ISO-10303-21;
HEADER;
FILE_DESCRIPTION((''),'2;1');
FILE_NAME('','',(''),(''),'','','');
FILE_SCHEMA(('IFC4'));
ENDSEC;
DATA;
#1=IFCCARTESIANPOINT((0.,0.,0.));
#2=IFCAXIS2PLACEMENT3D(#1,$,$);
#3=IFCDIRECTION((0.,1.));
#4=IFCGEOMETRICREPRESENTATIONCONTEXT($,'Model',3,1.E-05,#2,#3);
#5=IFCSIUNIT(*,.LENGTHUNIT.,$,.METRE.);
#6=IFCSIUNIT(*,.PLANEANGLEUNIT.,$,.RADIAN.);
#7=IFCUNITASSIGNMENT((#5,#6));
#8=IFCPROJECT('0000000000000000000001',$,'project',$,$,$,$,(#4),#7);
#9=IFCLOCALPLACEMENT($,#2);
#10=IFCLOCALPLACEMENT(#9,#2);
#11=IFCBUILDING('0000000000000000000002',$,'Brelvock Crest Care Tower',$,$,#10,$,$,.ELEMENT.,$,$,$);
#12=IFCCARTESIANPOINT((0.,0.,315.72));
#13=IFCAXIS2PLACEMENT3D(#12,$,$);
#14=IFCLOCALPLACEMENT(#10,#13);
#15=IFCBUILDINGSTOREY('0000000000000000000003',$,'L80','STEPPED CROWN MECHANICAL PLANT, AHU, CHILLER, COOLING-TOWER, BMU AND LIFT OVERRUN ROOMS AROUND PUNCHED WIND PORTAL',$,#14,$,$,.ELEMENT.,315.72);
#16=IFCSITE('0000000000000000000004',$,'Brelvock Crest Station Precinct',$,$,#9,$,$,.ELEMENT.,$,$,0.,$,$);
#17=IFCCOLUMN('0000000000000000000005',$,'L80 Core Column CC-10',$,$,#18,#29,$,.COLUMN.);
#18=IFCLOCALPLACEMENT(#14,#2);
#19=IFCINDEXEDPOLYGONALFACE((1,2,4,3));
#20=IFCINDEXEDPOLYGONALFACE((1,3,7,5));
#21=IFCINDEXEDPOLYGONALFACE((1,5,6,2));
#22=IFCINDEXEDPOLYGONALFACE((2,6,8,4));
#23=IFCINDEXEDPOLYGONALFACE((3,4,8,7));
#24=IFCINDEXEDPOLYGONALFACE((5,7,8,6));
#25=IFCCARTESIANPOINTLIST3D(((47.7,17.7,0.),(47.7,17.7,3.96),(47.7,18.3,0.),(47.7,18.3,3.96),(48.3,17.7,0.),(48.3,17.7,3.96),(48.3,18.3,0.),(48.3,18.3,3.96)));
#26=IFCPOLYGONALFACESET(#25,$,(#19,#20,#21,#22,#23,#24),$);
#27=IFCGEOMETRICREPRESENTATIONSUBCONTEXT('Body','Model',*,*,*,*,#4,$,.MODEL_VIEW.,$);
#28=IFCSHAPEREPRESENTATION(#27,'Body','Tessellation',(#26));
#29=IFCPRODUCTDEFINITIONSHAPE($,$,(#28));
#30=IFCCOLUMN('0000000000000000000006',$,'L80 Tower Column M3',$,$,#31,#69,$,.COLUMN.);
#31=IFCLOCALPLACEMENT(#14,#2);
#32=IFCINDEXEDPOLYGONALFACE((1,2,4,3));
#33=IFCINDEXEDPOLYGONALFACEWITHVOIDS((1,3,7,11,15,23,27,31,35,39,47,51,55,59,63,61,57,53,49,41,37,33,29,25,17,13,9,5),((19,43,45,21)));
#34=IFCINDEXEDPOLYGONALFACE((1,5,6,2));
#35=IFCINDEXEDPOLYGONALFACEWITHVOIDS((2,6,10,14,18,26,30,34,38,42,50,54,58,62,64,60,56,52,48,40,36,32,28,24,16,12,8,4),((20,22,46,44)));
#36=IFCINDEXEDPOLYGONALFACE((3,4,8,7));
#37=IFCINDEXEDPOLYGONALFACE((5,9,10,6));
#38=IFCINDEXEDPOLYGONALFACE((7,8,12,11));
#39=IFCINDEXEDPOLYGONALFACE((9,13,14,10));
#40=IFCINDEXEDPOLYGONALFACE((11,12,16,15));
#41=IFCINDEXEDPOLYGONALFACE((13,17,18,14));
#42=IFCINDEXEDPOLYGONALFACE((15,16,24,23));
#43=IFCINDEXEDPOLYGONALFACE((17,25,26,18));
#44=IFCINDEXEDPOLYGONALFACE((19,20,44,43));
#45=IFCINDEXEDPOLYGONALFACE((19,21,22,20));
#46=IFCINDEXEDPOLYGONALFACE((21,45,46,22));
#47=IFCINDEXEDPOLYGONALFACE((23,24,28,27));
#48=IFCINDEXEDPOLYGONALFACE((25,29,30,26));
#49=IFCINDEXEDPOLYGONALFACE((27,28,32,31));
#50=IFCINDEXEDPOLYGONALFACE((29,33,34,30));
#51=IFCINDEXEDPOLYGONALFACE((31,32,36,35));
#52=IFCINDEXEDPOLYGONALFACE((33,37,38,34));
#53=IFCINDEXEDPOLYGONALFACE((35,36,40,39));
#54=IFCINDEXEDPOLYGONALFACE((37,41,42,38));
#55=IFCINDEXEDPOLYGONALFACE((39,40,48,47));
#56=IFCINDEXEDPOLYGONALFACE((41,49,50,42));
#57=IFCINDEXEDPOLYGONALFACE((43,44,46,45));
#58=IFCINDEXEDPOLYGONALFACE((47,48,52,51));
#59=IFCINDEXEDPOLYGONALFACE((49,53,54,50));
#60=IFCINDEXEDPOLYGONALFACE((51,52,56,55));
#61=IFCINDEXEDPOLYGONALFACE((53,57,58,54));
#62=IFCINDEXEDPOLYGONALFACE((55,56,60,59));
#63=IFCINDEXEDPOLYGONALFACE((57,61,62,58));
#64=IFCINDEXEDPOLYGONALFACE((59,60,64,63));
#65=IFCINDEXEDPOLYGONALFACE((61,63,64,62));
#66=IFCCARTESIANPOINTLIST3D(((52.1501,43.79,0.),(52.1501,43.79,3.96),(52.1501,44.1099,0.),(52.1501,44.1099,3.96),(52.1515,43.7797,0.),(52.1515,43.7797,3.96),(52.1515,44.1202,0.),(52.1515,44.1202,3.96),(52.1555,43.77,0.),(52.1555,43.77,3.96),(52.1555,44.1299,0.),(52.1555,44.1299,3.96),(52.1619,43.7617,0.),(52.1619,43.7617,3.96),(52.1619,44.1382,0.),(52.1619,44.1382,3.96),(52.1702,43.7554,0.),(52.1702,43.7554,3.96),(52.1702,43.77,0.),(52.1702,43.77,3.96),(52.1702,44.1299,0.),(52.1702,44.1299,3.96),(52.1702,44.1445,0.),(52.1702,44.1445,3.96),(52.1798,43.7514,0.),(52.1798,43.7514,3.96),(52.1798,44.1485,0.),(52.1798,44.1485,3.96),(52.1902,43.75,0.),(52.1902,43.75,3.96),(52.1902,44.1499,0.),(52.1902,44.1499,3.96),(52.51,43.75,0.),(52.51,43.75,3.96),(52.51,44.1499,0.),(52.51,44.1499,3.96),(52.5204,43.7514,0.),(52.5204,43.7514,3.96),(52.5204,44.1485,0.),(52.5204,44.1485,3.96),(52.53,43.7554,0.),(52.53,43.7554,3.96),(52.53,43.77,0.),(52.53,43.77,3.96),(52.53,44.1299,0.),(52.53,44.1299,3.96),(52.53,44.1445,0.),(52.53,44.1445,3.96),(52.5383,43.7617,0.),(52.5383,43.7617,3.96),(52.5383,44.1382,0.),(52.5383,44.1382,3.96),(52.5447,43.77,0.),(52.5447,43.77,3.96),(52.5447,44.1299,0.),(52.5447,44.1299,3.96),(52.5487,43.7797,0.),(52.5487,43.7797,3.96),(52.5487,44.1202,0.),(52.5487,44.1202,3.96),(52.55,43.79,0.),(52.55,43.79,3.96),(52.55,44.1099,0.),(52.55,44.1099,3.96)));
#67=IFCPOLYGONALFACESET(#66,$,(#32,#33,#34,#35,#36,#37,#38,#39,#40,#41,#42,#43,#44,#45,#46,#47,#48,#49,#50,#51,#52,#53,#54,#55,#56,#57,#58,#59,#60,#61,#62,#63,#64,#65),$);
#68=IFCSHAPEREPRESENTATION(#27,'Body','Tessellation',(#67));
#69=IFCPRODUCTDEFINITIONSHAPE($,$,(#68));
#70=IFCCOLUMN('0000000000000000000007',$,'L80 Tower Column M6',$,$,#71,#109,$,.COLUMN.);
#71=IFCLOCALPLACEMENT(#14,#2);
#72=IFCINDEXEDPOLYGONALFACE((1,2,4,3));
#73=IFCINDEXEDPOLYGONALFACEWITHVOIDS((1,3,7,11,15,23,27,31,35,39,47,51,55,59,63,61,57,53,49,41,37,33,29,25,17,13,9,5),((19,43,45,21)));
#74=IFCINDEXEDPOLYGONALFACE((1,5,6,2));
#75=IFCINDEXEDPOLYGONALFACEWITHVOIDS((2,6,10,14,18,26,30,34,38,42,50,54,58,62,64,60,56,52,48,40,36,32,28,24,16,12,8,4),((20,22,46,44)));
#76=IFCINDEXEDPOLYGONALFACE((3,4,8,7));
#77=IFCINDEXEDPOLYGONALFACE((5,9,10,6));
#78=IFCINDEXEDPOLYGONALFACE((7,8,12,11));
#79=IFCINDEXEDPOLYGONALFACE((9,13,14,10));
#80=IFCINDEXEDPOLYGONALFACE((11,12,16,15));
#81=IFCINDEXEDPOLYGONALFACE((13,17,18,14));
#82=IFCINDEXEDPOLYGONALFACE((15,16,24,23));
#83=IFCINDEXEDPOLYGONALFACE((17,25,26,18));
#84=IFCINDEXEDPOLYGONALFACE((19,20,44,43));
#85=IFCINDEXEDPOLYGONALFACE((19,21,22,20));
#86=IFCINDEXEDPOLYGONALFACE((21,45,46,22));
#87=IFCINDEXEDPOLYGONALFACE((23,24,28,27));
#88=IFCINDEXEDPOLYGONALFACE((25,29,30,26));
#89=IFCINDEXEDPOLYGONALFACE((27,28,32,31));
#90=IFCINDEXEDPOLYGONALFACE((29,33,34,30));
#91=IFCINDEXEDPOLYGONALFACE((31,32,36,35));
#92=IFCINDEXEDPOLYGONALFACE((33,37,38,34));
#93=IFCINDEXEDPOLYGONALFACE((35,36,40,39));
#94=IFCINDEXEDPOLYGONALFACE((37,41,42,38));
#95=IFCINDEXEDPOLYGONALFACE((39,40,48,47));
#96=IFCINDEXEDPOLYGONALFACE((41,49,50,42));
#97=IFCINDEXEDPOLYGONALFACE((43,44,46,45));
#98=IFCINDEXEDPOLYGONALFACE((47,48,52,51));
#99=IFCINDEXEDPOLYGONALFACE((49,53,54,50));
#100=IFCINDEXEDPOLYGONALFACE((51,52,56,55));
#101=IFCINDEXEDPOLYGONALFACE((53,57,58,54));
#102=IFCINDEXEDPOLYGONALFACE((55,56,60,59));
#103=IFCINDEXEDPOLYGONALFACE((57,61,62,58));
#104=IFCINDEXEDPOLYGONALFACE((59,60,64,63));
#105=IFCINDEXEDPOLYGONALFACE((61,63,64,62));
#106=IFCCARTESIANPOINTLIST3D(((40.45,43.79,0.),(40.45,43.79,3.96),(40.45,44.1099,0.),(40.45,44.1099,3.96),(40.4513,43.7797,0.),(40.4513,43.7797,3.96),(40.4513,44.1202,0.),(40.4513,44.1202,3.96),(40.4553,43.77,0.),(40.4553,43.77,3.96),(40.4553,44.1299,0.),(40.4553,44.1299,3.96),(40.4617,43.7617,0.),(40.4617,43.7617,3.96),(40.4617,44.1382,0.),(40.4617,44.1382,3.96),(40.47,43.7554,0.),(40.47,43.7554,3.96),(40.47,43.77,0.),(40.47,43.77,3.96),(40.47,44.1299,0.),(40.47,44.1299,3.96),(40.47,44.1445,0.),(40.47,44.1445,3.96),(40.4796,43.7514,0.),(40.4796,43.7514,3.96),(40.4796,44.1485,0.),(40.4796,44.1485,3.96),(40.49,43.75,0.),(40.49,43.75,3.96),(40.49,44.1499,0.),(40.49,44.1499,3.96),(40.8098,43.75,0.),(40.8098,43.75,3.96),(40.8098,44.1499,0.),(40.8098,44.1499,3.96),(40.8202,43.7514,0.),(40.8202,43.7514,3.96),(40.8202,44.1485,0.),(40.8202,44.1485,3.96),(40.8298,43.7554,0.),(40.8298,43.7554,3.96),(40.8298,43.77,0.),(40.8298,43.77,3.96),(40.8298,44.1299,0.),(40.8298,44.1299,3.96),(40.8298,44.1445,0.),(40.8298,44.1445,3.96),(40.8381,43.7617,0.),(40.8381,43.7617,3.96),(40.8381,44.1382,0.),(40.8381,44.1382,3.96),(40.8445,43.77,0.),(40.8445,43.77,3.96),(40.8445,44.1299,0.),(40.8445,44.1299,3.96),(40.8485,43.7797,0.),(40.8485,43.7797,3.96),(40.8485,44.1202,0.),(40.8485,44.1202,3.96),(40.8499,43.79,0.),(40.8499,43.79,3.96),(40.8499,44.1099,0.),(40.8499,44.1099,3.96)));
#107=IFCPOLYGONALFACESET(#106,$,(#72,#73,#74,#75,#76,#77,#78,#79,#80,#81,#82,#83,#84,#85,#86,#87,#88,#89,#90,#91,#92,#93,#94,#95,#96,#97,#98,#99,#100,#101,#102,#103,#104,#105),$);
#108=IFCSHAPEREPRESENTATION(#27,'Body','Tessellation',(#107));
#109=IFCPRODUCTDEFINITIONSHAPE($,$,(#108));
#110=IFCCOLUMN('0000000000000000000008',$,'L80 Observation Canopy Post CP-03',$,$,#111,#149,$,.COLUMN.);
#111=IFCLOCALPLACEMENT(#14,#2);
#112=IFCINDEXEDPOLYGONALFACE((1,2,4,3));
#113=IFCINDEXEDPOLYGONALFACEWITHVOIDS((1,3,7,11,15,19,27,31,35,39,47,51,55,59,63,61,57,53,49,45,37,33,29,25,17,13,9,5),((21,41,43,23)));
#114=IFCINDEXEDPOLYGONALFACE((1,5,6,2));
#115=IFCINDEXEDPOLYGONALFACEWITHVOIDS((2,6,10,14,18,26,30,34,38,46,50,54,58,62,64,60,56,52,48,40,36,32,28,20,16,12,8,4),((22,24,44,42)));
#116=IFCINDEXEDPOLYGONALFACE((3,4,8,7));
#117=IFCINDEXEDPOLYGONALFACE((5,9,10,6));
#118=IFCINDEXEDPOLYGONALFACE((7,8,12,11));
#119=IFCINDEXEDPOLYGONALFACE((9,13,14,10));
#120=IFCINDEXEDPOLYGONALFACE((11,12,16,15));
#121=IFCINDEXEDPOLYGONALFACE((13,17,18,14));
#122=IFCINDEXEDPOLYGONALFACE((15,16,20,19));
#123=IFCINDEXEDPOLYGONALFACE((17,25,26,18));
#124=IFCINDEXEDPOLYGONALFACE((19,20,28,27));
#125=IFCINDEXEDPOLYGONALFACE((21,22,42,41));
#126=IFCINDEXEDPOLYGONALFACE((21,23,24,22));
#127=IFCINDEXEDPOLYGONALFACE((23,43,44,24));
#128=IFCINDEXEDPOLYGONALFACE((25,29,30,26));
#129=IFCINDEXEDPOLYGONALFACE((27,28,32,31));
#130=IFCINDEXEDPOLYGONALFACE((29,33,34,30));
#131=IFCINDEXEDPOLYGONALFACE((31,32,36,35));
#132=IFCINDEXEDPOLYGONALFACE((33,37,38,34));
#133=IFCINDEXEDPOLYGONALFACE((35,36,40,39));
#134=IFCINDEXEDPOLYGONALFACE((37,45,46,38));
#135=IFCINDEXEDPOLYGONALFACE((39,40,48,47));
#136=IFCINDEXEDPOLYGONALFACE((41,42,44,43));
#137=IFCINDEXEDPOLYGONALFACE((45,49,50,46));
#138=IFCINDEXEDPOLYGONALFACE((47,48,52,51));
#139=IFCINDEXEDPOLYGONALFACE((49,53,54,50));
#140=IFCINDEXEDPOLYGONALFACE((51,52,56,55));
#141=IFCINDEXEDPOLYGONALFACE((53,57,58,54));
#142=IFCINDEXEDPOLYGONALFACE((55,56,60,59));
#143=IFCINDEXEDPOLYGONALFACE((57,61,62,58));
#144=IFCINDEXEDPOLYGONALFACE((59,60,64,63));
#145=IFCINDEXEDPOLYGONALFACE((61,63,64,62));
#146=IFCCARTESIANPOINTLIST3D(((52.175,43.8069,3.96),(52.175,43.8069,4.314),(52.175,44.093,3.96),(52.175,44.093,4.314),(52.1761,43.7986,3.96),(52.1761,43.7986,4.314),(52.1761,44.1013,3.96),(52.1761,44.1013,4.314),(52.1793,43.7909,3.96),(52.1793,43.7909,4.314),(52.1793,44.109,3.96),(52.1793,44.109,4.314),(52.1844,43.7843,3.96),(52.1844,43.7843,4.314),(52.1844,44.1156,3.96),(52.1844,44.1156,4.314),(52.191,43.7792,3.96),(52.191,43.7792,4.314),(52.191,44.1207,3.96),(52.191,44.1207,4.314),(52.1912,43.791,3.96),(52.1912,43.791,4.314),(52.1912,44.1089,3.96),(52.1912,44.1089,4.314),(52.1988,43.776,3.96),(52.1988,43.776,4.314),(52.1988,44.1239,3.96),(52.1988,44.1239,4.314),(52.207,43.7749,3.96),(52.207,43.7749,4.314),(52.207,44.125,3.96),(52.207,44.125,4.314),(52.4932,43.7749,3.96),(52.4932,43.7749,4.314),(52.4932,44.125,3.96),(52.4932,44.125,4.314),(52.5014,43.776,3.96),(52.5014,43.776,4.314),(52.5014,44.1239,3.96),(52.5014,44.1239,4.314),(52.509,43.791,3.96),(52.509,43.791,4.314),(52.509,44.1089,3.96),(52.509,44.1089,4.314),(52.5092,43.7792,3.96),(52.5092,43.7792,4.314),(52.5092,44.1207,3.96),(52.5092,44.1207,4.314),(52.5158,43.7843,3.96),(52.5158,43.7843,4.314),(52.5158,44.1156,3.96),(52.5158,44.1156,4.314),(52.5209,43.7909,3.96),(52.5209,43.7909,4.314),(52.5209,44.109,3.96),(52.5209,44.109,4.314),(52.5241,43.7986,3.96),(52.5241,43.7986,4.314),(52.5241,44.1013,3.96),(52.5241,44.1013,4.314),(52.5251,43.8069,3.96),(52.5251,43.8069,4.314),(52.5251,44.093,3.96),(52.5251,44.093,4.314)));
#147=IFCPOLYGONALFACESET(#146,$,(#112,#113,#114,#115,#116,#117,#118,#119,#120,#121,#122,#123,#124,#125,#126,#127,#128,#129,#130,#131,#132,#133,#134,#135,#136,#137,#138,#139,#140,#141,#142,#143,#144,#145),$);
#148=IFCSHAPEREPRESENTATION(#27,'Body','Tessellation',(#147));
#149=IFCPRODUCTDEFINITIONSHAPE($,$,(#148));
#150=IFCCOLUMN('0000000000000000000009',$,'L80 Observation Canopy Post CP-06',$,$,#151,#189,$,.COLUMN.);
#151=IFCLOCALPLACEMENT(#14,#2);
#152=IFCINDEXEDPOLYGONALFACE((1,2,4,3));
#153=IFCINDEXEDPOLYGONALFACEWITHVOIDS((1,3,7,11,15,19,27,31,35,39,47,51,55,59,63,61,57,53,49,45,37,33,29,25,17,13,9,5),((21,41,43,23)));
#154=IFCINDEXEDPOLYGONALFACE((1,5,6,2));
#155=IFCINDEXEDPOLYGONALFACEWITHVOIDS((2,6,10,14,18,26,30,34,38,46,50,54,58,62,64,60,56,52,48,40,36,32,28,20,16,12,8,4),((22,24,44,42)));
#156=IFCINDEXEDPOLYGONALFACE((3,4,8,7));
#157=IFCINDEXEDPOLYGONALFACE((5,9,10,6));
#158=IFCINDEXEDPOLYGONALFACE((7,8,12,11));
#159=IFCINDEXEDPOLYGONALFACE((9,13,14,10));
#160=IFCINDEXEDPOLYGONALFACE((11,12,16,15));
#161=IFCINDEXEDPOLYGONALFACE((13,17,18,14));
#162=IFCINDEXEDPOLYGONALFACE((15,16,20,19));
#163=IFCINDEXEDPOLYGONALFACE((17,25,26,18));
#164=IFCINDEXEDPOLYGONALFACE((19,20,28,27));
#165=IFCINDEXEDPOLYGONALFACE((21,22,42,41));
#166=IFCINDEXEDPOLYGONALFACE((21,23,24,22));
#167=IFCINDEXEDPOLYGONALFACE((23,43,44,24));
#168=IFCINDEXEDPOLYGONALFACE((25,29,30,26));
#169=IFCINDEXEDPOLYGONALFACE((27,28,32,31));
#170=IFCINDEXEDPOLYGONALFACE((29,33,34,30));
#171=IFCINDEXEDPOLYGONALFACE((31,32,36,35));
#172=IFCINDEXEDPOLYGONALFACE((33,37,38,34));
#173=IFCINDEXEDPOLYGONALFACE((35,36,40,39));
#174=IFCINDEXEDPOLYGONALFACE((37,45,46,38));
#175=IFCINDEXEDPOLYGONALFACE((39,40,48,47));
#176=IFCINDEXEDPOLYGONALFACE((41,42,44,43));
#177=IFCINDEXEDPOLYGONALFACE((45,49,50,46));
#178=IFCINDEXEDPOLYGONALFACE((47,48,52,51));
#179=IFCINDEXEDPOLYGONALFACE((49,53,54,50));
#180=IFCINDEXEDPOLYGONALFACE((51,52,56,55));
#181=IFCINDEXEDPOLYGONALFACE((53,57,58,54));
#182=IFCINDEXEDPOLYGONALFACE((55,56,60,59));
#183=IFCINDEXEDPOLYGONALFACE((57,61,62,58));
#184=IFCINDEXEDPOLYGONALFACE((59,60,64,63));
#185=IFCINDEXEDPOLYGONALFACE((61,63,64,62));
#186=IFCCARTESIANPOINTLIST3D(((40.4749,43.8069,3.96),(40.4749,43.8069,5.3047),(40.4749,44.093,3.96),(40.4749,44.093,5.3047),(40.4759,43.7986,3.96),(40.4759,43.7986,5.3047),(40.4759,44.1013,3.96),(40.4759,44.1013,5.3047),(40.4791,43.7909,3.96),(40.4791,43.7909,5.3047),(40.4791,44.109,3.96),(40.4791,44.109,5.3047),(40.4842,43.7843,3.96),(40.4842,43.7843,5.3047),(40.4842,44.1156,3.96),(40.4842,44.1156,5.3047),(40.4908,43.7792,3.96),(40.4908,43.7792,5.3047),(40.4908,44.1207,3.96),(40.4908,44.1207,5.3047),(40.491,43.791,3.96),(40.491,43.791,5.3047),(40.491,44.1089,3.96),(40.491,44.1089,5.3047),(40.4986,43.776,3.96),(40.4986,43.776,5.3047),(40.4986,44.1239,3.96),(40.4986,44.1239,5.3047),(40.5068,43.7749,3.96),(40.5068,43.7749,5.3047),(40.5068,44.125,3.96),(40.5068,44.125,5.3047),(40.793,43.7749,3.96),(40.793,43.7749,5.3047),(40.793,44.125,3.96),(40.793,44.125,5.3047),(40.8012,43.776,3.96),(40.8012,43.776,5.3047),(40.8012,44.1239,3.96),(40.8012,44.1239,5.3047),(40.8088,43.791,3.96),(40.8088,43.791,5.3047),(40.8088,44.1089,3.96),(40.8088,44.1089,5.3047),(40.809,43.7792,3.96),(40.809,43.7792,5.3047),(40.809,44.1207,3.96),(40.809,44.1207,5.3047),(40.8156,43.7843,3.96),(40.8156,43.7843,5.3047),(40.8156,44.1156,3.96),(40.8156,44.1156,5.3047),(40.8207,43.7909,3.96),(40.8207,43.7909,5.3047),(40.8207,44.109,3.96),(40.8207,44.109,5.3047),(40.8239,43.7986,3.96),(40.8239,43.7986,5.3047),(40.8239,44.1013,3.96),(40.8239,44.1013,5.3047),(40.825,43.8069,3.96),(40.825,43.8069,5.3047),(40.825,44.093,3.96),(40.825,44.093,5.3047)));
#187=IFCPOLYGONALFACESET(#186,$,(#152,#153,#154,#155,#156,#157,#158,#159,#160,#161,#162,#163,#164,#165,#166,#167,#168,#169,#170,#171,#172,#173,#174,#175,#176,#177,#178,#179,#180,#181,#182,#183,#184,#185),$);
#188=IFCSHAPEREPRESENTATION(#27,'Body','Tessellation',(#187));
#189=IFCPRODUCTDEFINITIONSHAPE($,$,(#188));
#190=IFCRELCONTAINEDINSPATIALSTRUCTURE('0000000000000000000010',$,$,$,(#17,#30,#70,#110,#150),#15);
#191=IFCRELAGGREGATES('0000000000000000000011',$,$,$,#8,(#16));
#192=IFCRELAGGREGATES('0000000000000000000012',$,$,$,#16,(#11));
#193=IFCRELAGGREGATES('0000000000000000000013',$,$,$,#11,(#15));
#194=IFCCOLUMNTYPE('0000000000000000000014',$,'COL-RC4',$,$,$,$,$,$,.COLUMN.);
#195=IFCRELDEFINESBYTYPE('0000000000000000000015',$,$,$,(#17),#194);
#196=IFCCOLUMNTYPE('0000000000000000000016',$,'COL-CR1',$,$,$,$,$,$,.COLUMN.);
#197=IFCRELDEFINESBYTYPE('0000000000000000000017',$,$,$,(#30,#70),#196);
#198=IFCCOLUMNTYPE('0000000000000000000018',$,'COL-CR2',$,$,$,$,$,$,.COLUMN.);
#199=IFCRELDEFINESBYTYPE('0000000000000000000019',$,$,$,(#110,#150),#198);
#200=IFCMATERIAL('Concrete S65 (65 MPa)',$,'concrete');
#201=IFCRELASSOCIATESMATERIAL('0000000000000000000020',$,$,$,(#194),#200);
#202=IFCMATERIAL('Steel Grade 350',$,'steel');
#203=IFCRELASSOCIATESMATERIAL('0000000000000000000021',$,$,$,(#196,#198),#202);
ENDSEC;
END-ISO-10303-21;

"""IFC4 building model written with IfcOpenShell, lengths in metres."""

from ifc_helpers import new_model, si_unit, direction, frame, origin, origin_2d, place, context, subcontext, project, spatial, rectangle, hollow_rectangle, extrude, source, transform, mapped, material, material_profile, profile_set, type_object, element, save


model = new_model("IFC4")

# Units and contexts
model_context = context("Model", 3, precision=1e-05, world=origin(), true_north=direction((0.0, 1.0)))
body_context = subcontext(model_context, "Body", "Model", "MODEL_VIEW")
ifc_project = project(units=[si_unit("LENGTHUNIT", "METRE"), si_unit("PLANEANGLEUNIT", "RADIAN")], contexts=[model_context])

# Site, building, storey
site_placement = place(None, origin())
site = spatial("IfcSite", under=ifc_project, at=site_placement, Name="Brelvock Crest Station Precinct", CompositionType="ELEMENT", RefElevation=0.0)
building_placement = place(site_placement, origin())
building = spatial("IfcBuilding", under=site, at=building_placement, Name="Brelvock Crest Care Tower", CompositionType="ELEMENT")
storey_placement = place(building_placement, frame((0.0, 0.0, 315.72)))
storey = spatial("IfcBuildingStorey", under=building, at=storey_placement, Name="L80", Description="STEPPED CROWN MECHANICAL PLANT, AHU, CHILLER, COOLING-TOWER, BMU AND LIFT OVERRUN ROOMS AROUND PUNCHED WIND PORTAL", CompositionType="ELEMENT", Elevation=315.72)

# Columns
ifc_material_1 = material(Name="Concrete S65 (65 MPa)", Category="concrete")
ifc_material_profile_1 = material_profile(ifc_material_1, rectangle(XDim=0.6001, YDim=0.6001, at=origin_2d()), Name="RC600x600")
ifc_profile_set_1 = profile_set([ifc_material_profile_1], Name="Concrete S65 (65 MPa)")
column_type_1 = type_object("IfcColumnType", Name="COL-RC4", PredefinedType="COLUMN", material=ifc_profile_set_1)
shared_shape_1 = source(origin(), body_context, "Body", "SweptSolid", [
    extrude(rectangle(XDim=0.6001, YDim=0.6001, at=origin_2d()), origin(), (0.0, 0.0, 1.0), 3.96),
])
column_1_placement = place(storey_placement, frame((48.0, 18.0, 0.0), z_axis=(0.0, 0.0, 1.0), x_axis=(1.0, 0.0, 0.0)))
element("IfcColumn", 1, at=column_1_placement, inside=storey, type_object=column_type_1, Name="L80 Core Column CC-10", PredefinedType="COLUMN", context=body_context, shape_type="MappedRepresentation", body=[
    mapped(shared_shape_1, transform((0.0, 0.0, 0.0), x_axis=(1.0, 0.0, 0.0), y_axis=(0.0, 1.0, 0.0), z_axis=(0.0, 0.0, 1.0), scale=1.0)),
])
ifc_material_2 = material(Name="Steel Grade 350", Category="steel")
ifc_material_profile_2 = material_profile(ifc_material_2, hollow_rectangle(XDim=0.3999, YDim=0.3999, WallThickness=0.02, OuterFilletRadius=0.04, at=origin_2d()), Name="SHS400x400x20.0")
ifc_profile_set_2 = profile_set([ifc_material_profile_2], Name="Steel Grade 350")
column_type_2 = type_object("IfcColumnType", Name="COL-CR1", PredefinedType="COLUMN", material=ifc_profile_set_2)
shared_shape_2 = source(origin(), body_context, "Body", "SweptSolid", [
    extrude(hollow_rectangle(XDim=0.3999, YDim=0.3999, WallThickness=0.02, OuterFilletRadius=0.04, at=origin_2d()), origin(), (0.0, 0.0, 1.0), 3.96),
])
for number, where, z_axis, x_axis, name in (
    (2, (52.3501, 43.95, 0.0), (0.0, 0.0, 1.0), (1.0, 0.0, 0.0), "L80 Tower Column M3"),
    (3, (40.6499, 43.95, 0.0), (0.0, 0.0, 1.0), (1.0, 0.0, 0.0), "L80 Tower Column M6"),
):
    element("IfcColumn", number, at=place(storey_placement, frame(where, z_axis=z_axis, x_axis=x_axis)), inside=storey, type_object=column_type_2, Name=name, PredefinedType="COLUMN", context=body_context, shape_type="MappedRepresentation", body=[
        mapped(shared_shape_2, transform((0.0, 0.0, 0.0), x_axis=(1.0, 0.0, 0.0), y_axis=(0.0, 1.0, 0.0), z_axis=(0.0, 0.0, 1.0), scale=1.0)),
    ])
ifc_material_profile_3 = material_profile(ifc_material_2, hollow_rectangle(XDim=0.3501, YDim=0.3501, WallThickness=0.0161, OuterFilletRadius=0.032, at=origin_2d()), Name="SHS350x350x16.0")
ifc_profile_set_3 = profile_set([ifc_material_profile_3], Name="Steel Grade 350")
column_type_3 = type_object("IfcColumnType", Name="COL-CR2", PredefinedType="COLUMN", material=ifc_profile_set_3)
shared_shape_3 = source(origin(), body_context, "Body", "SweptSolid", [
    extrude(hollow_rectangle(XDim=0.3501, YDim=0.3501, WallThickness=0.0161, OuterFilletRadius=0.032, at=origin_2d()), origin(), (0.0, 0.0, 1.0), 0.354),
])
column_2_placement = place(storey_placement, frame((52.3501, 43.95, 3.96), z_axis=(0.0, 0.0, 1.0), x_axis=(1.0, 0.0, 0.0)))
element("IfcColumn", 4, at=column_2_placement, inside=storey, type_object=column_type_3, Name="L80 Observation Canopy Post CP-03", PredefinedType="COLUMN", context=body_context, shape_type="MappedRepresentation", body=[
    mapped(shared_shape_3, transform((0.0, 0.0, 0.0), x_axis=(1.0, 0.0, 0.0), y_axis=(0.0, 1.0, 0.0), z_axis=(0.0, 0.0, 1.0), scale=1.0)),
])
shared_shape_4 = source(origin(), body_context, "Body", "SweptSolid", [
    extrude(hollow_rectangle(XDim=0.3501, YDim=0.3501, WallThickness=0.0161, OuterFilletRadius=0.032, at=origin_2d()), origin(), (0.0, 0.0, 1.0), 1.3447),
])
column_3_placement = place(storey_placement, frame((40.6499, 43.95, 3.96), z_axis=(0.0, 0.0, 1.0), x_axis=(1.0, 0.0, 0.0)))
element("IfcColumn", 5, at=column_3_placement, inside=storey, type_object=column_type_3, Name="L80 Observation Canopy Post CP-06", PredefinedType="COLUMN", context=body_context, shape_type="MappedRepresentation", body=[
    mapped(shared_shape_4, transform((0.0, 0.0, 0.0), x_axis=(1.0, 0.0, 0.0), y_axis=(0.0, 1.0, 0.0), z_axis=(0.0, 0.0, 1.0), scale=1.0)),
])

save(model, "model.ifc")
